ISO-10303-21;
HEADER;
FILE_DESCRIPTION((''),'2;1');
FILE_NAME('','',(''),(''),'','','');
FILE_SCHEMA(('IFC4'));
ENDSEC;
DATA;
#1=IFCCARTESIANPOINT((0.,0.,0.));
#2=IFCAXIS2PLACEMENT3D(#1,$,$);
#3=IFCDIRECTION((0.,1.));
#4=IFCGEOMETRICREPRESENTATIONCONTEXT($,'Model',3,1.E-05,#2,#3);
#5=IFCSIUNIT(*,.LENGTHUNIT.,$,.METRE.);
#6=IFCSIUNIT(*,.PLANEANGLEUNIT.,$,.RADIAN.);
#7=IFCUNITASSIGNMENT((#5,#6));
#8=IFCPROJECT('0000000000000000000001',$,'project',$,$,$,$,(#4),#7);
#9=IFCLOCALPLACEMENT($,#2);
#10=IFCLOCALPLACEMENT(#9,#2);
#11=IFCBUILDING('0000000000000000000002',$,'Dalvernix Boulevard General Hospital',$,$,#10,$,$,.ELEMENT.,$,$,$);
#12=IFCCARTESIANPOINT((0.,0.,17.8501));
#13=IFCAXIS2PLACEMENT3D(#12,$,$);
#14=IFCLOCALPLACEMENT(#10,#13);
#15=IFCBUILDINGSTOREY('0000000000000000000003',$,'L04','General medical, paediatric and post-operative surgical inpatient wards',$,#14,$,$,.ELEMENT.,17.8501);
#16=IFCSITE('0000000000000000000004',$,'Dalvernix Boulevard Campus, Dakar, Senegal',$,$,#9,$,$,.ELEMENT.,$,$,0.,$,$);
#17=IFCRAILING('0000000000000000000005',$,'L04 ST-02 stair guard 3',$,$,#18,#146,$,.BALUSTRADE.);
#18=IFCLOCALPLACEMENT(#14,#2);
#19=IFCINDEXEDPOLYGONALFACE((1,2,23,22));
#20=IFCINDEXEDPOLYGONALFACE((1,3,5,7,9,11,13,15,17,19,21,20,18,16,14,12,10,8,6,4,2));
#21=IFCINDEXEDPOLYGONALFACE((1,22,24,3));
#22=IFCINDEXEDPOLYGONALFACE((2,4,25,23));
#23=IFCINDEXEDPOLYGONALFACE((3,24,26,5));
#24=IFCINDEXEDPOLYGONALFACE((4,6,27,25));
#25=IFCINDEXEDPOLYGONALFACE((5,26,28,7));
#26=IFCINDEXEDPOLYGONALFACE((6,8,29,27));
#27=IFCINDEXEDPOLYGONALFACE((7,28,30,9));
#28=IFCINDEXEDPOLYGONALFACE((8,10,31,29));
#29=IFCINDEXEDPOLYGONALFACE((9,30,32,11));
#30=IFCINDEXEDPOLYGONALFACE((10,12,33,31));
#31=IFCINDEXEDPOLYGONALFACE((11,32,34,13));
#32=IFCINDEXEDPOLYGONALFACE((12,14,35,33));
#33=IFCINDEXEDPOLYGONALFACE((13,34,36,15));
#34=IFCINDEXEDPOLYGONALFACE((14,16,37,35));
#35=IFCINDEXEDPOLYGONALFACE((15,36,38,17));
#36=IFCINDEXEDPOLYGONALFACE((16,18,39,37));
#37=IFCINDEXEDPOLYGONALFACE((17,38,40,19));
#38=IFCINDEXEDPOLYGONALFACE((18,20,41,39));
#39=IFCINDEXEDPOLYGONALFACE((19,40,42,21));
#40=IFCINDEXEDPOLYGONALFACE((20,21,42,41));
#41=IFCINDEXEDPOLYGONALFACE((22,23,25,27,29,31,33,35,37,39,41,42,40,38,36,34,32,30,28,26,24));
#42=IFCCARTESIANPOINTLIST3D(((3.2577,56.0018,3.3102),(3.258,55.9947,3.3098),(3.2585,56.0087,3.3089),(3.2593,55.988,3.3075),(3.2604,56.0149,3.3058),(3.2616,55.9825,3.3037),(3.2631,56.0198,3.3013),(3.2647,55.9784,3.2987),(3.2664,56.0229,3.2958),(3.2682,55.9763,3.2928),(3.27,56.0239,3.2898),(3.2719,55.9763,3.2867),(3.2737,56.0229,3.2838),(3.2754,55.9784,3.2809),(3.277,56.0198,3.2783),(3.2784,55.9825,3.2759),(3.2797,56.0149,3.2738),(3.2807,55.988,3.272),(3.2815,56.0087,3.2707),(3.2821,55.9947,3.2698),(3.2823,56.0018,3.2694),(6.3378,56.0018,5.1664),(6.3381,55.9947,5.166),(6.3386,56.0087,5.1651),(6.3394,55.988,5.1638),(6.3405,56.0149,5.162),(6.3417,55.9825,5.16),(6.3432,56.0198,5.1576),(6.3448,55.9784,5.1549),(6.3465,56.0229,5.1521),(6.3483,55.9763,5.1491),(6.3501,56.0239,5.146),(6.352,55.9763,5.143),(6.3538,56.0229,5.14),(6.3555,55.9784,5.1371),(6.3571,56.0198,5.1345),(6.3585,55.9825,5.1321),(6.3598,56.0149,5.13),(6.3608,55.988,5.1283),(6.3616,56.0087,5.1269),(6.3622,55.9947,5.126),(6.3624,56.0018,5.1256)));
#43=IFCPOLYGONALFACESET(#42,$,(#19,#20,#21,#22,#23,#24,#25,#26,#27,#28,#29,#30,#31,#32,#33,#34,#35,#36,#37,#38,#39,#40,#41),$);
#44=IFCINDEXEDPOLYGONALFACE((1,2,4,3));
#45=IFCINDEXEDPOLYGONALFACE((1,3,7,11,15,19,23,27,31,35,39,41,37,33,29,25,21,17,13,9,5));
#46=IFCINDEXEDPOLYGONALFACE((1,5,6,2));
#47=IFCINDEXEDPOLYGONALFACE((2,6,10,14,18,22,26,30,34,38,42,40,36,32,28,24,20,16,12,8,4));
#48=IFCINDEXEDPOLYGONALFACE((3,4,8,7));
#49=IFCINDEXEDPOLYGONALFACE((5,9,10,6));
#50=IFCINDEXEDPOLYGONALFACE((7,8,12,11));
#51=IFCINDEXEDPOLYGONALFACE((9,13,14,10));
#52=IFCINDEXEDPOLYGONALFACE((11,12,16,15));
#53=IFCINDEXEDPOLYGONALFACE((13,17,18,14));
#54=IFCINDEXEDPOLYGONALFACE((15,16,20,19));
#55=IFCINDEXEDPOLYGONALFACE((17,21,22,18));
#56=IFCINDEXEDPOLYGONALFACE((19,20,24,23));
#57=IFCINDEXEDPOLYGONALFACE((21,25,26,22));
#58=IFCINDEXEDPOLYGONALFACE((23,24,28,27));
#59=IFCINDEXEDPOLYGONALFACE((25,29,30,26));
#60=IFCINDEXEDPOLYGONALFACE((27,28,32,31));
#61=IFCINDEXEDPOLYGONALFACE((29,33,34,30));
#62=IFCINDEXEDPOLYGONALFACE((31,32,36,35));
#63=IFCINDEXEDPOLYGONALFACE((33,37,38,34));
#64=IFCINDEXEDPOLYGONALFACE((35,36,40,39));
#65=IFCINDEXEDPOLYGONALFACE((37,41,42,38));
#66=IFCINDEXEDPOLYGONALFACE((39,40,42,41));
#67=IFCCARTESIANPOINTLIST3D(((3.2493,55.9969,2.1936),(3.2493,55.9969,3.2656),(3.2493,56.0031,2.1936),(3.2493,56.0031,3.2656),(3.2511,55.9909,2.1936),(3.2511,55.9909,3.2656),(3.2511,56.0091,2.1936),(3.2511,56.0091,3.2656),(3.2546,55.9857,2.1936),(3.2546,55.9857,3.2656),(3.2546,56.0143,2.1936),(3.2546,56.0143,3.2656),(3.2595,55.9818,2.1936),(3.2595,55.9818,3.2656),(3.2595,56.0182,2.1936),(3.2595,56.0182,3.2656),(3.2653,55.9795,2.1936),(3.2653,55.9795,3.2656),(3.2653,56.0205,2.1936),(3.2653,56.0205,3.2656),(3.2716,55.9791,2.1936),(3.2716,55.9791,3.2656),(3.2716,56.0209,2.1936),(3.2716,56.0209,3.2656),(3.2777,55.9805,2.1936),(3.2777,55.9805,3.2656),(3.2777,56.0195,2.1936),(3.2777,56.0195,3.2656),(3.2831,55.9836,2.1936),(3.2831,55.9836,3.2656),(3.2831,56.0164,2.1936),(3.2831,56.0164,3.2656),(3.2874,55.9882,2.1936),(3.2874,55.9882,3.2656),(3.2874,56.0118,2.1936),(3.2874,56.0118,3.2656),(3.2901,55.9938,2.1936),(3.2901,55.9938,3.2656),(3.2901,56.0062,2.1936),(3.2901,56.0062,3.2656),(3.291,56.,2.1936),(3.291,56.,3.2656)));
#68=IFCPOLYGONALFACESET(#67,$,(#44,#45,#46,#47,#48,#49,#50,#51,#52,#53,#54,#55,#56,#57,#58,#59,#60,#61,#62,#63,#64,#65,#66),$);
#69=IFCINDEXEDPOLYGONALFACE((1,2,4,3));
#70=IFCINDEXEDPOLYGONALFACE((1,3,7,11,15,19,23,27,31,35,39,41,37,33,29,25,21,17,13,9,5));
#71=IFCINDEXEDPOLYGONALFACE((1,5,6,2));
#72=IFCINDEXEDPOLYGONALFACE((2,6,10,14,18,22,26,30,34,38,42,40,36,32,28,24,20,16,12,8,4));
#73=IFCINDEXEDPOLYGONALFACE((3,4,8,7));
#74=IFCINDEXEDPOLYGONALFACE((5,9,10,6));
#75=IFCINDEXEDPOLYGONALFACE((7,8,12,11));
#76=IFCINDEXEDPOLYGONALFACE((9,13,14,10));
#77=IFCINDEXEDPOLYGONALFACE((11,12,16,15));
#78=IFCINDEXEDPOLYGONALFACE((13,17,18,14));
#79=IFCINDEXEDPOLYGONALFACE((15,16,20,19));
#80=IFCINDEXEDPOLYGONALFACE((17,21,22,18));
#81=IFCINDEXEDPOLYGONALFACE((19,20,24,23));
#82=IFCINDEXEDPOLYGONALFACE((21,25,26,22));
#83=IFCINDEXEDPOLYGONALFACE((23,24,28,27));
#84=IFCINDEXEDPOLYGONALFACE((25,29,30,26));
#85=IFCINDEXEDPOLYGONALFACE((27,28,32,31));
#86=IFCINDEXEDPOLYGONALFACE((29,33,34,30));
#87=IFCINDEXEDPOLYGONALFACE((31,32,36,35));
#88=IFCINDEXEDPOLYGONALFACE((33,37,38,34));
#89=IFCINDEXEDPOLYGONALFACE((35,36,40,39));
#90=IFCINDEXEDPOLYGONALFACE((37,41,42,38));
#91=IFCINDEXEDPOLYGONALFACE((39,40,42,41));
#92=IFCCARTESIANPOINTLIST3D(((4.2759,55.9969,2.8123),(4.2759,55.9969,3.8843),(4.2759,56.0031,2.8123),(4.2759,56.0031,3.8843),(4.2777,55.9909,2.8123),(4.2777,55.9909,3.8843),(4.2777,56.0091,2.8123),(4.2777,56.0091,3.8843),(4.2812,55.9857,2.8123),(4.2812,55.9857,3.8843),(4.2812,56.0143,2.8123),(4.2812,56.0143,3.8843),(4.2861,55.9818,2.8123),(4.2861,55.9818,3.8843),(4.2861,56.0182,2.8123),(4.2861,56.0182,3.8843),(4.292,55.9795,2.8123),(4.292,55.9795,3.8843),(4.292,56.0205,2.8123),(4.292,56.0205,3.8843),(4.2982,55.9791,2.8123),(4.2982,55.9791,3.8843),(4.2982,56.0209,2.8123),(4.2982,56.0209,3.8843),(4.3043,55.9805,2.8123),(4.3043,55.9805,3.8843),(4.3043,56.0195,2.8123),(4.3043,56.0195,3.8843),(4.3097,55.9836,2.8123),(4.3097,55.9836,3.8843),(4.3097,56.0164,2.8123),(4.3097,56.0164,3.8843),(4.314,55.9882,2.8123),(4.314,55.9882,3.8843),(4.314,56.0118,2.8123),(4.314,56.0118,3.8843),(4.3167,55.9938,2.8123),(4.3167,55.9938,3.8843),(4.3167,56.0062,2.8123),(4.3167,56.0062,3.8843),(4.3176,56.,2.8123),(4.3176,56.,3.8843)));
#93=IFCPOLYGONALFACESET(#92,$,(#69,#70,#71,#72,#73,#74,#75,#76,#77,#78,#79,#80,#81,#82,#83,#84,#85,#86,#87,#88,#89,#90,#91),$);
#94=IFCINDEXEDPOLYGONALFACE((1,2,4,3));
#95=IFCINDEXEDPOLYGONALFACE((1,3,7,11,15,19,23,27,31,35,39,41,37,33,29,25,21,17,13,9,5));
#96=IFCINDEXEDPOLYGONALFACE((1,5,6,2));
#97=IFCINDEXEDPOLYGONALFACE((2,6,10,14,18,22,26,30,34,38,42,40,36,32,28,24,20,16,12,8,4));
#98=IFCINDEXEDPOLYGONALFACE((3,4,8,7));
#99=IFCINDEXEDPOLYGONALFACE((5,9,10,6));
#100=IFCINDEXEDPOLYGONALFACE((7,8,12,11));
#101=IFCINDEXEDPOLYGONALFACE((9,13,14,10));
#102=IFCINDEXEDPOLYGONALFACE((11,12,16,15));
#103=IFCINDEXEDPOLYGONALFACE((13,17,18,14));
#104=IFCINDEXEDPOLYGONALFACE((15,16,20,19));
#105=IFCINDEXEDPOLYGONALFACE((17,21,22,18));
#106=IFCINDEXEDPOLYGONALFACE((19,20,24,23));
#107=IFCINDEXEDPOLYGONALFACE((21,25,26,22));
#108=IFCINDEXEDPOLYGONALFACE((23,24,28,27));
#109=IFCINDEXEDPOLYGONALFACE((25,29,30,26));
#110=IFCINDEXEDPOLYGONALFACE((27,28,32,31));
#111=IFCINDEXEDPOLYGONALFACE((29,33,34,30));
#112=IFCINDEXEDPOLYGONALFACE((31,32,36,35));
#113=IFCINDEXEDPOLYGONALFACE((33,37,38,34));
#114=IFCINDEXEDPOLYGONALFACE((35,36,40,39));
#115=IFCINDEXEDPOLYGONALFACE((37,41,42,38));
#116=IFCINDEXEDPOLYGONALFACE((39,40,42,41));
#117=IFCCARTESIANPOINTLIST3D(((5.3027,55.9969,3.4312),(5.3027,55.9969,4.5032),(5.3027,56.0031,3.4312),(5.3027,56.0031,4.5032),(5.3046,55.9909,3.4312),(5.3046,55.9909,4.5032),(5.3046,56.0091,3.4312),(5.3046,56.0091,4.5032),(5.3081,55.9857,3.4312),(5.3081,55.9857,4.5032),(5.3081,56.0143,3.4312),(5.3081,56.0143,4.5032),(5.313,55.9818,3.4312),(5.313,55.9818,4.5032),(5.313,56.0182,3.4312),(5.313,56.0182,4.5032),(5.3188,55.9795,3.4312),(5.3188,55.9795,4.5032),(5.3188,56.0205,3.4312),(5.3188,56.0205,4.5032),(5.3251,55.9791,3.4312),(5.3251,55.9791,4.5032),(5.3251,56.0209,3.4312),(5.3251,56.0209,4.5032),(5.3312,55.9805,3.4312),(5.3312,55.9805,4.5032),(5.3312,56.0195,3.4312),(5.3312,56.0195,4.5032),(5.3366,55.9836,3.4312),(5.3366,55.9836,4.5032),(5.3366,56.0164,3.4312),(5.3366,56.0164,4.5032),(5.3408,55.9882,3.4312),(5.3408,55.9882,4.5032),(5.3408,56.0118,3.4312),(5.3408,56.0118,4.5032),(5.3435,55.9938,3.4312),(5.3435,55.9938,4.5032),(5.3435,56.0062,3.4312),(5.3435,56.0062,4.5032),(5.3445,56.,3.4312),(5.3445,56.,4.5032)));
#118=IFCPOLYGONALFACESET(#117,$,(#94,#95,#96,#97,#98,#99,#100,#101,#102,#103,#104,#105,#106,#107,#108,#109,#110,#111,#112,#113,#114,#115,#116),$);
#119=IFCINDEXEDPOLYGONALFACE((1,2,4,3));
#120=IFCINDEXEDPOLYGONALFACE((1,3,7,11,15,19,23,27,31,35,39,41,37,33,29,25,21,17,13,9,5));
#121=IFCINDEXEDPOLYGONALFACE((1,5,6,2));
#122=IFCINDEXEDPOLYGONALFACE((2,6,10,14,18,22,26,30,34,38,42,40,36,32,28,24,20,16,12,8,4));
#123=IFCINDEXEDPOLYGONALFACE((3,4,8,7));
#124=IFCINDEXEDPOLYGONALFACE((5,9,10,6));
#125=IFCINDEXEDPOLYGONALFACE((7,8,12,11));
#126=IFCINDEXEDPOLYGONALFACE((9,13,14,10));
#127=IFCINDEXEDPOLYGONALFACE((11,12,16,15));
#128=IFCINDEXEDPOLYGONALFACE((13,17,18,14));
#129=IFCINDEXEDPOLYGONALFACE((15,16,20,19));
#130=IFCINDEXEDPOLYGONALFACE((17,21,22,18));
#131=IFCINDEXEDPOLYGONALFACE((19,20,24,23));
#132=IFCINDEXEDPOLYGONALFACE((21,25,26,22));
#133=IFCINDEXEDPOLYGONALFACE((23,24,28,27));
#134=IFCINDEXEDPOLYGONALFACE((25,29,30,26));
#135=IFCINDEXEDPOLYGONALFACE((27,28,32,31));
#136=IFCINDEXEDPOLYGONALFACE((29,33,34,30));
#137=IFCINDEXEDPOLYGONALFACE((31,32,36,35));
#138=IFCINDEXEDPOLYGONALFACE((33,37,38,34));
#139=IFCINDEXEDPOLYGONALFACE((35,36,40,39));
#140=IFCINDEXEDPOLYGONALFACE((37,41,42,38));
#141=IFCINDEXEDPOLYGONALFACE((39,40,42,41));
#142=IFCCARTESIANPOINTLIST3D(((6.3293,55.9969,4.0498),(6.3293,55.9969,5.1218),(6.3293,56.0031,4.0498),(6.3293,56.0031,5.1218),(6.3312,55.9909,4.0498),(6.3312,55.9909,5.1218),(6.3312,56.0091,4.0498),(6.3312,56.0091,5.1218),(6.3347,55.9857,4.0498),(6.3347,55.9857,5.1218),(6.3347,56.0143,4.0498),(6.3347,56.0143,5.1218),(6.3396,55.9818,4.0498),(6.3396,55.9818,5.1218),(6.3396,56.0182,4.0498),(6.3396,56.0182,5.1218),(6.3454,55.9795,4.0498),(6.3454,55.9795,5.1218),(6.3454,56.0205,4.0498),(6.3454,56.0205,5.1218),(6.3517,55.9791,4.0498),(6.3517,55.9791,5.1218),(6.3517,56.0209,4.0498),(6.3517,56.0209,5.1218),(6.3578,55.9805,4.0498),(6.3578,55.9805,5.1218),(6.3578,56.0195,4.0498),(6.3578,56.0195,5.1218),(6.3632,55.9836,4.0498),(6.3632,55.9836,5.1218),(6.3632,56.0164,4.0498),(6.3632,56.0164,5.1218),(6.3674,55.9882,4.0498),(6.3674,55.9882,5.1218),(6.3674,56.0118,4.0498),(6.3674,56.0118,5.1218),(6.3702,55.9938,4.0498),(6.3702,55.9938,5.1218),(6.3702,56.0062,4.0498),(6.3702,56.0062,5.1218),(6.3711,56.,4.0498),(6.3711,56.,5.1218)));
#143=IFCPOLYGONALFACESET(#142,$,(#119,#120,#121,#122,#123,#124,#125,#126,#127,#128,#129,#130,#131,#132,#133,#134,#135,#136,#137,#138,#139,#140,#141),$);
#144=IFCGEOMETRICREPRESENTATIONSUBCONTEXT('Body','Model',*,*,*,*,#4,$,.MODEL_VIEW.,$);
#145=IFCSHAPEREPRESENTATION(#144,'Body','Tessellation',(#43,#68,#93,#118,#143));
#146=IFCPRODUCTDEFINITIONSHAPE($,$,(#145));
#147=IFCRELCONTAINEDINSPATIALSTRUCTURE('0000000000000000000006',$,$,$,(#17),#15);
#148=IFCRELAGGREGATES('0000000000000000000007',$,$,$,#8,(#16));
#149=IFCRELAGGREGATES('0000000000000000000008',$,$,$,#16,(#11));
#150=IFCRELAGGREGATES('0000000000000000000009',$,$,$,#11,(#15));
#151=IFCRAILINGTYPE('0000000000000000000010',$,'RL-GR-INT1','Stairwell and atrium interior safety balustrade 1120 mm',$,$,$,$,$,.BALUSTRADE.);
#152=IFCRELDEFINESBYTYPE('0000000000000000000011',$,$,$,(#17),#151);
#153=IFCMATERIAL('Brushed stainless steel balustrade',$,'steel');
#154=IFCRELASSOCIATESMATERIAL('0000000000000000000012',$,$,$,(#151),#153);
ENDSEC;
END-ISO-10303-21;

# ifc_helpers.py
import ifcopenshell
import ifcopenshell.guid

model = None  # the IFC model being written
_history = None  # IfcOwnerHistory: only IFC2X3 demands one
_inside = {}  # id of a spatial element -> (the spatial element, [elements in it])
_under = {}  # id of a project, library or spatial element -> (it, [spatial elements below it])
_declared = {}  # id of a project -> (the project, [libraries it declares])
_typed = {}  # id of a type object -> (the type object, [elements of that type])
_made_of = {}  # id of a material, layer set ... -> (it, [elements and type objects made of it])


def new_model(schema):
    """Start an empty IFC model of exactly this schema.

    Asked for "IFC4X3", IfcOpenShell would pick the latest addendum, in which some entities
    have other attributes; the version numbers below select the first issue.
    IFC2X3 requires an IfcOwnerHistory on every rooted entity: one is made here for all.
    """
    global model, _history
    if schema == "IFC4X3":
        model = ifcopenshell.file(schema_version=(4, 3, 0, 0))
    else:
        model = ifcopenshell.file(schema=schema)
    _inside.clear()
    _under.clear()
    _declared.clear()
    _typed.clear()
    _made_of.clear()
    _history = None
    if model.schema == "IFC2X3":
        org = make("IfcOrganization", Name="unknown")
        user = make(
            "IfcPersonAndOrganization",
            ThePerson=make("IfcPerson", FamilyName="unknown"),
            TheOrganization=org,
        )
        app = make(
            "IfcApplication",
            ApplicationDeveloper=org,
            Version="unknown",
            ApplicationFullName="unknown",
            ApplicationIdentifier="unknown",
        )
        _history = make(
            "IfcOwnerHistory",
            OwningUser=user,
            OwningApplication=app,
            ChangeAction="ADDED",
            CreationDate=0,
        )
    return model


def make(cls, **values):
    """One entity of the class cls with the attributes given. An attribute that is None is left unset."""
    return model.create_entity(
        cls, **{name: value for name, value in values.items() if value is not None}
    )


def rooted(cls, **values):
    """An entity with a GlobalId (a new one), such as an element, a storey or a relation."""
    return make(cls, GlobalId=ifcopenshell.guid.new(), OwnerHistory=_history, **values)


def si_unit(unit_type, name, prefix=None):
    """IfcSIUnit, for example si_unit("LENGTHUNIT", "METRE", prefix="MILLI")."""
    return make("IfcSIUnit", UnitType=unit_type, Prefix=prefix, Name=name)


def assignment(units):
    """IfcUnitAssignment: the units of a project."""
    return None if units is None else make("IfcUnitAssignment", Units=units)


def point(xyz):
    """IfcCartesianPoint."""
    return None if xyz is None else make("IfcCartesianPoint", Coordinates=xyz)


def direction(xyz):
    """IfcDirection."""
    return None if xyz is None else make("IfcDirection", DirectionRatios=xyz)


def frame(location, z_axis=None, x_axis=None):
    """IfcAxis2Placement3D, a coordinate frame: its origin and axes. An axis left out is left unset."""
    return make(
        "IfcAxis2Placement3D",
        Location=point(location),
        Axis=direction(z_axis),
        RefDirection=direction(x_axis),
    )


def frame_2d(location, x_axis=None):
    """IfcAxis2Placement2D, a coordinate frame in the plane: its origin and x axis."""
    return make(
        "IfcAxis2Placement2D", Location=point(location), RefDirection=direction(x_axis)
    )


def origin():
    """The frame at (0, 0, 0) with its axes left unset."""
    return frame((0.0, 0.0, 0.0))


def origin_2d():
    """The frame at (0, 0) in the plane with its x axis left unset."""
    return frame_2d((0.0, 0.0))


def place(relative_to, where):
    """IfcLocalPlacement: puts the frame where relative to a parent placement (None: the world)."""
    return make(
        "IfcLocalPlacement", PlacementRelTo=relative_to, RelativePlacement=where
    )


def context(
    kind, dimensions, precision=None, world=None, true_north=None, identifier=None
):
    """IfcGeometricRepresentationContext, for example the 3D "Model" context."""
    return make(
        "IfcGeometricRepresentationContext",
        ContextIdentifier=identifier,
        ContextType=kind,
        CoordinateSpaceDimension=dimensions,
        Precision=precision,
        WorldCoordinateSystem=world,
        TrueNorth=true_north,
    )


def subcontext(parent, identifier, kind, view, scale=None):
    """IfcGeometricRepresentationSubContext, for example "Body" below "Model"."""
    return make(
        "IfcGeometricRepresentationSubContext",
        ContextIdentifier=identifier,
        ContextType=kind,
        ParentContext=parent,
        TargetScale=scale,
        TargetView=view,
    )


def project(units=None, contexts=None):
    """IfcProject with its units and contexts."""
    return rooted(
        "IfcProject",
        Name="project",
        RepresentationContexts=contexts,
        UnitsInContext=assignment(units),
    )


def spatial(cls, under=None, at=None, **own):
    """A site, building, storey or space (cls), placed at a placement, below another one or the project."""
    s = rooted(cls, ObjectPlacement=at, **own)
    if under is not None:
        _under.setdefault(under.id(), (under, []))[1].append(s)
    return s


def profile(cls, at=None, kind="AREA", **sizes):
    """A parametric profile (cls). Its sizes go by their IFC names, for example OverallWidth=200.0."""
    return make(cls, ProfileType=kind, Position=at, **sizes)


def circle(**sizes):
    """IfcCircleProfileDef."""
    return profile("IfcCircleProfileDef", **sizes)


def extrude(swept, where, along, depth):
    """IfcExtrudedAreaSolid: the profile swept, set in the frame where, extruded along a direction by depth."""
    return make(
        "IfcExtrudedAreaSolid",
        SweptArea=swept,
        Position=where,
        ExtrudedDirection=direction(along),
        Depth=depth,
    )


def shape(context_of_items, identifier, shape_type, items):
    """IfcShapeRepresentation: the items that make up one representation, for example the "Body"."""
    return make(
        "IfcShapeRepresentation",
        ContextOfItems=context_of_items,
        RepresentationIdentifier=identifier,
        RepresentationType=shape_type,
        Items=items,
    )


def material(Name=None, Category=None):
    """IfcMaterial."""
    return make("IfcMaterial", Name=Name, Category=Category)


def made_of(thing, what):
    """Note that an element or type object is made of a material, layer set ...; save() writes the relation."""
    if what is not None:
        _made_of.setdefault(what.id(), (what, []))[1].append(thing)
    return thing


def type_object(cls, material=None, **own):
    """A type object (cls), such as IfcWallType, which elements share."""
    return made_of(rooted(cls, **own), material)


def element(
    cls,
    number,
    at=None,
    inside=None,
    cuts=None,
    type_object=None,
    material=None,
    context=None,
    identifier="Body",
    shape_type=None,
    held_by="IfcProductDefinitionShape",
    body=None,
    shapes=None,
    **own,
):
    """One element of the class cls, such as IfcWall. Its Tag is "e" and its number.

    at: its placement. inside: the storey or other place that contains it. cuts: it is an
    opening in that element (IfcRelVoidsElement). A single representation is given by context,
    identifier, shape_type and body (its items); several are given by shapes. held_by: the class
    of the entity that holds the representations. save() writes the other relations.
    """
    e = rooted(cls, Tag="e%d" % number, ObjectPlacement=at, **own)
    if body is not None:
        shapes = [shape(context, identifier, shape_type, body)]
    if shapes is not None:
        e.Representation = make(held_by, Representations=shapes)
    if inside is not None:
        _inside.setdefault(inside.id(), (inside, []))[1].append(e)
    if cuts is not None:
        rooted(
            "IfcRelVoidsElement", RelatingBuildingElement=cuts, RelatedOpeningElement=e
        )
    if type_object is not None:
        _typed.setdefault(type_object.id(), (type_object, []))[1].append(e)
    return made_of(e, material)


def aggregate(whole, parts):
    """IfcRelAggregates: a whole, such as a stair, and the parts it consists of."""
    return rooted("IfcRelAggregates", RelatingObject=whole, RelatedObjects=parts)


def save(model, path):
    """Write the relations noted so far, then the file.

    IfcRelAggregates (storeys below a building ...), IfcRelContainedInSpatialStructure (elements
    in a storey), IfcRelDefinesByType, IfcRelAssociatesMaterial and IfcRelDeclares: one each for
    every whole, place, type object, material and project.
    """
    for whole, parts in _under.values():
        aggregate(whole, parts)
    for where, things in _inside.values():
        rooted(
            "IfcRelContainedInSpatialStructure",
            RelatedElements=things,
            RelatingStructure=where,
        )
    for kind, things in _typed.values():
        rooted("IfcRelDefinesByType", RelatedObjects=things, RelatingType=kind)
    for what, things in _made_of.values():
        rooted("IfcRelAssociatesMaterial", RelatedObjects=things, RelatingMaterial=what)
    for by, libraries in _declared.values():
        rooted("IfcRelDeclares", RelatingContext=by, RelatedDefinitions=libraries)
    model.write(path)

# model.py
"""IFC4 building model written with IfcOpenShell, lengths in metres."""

from ifc_helpers import new_model, si_unit, direction, frame, origin, origin_2d, place, context, subcontext, project, spatial, circle, extrude, material, type_object, element, save


model = new_model("IFC4")

# Units and contexts
model_context = context("Model", 3, precision=1e-05, world=origin(), true_north=direction((0.0, 1.0)))
body_context = subcontext(model_context, "Body", "Model", "MODEL_VIEW")
ifc_project = project(units=[si_unit("LENGTHUNIT", "METRE"), si_unit("PLANEANGLEUNIT", "RADIAN")], contexts=[model_context])

# Site, building, storey
site_placement = place(None, origin())
site = spatial("IfcSite", under=ifc_project, at=site_placement, Name="Dalvernix Boulevard Campus, Dakar, Senegal", CompositionType="ELEMENT", RefElevation=0.0)
building_placement = place(site_placement, origin())
building = spatial("IfcBuilding", under=site, at=building_placement, Name="Dalvernix Boulevard General Hospital", CompositionType="ELEMENT")
storey_placement = place(building_placement, frame((0.0, 0.0, 17.8501)))
storey = spatial("IfcBuildingStorey", under=building, at=storey_placement, Name="L04", Description="General medical, paediatric and post-operative surgical inpatient wards", CompositionType="ELEMENT", Elevation=17.8501)

# Railing
ifc_material_1 = material(Name="Brushed stainless steel balustrade", Category="steel")
railing_type_1 = type_object("IfcRailingType", Name="RL-GR-INT1", Description="Stairwell and atrium interior safety balustrade 1120 mm", PredefinedType="BALUSTRADE", material=ifc_material_1)
railing_1_placement = place(storey_placement, frame((3.27, 56.0, 2.1936)))
element("IfcRailing", 1, at=railing_1_placement, inside=storey, type_object=railing_type_1, Name="L04 ST-02 stair guard 3", PredefinedType="BALUSTRADE", context=body_context, shape_type="SweptSolid", body=[
    extrude(circle(Radius=0.0239, at=origin_2d()), frame((0.0, 0.0, 1.0962), z_axis=(0.856491, 0.0, 0.516162), x_axis=(0.0, 1.0, 0.0)), (0.0, 0.0, 1.0), 3.5962),
    extrude(circle(Radius=0.021, at=origin_2d()), origin(), (0.0, 0.0, 1.0), 1.072),
    extrude(circle(Radius=0.021, at=origin_2d()), frame((1.0266, 0.0, 0.6187)), (0.0, 0.0, 1.0), 1.072),
    extrude(circle(Radius=0.021, at=origin_2d()), frame((2.0535, 0.0, 1.2375)), (0.0, 0.0, 1.0), 1.072),
    extrude(circle(Radius=0.021, at=origin_2d()), frame((3.0801, 0.0, 1.8562)), (0.0, 0.0, 1.0), 1.072),
])

save(model, "model.ifc")
